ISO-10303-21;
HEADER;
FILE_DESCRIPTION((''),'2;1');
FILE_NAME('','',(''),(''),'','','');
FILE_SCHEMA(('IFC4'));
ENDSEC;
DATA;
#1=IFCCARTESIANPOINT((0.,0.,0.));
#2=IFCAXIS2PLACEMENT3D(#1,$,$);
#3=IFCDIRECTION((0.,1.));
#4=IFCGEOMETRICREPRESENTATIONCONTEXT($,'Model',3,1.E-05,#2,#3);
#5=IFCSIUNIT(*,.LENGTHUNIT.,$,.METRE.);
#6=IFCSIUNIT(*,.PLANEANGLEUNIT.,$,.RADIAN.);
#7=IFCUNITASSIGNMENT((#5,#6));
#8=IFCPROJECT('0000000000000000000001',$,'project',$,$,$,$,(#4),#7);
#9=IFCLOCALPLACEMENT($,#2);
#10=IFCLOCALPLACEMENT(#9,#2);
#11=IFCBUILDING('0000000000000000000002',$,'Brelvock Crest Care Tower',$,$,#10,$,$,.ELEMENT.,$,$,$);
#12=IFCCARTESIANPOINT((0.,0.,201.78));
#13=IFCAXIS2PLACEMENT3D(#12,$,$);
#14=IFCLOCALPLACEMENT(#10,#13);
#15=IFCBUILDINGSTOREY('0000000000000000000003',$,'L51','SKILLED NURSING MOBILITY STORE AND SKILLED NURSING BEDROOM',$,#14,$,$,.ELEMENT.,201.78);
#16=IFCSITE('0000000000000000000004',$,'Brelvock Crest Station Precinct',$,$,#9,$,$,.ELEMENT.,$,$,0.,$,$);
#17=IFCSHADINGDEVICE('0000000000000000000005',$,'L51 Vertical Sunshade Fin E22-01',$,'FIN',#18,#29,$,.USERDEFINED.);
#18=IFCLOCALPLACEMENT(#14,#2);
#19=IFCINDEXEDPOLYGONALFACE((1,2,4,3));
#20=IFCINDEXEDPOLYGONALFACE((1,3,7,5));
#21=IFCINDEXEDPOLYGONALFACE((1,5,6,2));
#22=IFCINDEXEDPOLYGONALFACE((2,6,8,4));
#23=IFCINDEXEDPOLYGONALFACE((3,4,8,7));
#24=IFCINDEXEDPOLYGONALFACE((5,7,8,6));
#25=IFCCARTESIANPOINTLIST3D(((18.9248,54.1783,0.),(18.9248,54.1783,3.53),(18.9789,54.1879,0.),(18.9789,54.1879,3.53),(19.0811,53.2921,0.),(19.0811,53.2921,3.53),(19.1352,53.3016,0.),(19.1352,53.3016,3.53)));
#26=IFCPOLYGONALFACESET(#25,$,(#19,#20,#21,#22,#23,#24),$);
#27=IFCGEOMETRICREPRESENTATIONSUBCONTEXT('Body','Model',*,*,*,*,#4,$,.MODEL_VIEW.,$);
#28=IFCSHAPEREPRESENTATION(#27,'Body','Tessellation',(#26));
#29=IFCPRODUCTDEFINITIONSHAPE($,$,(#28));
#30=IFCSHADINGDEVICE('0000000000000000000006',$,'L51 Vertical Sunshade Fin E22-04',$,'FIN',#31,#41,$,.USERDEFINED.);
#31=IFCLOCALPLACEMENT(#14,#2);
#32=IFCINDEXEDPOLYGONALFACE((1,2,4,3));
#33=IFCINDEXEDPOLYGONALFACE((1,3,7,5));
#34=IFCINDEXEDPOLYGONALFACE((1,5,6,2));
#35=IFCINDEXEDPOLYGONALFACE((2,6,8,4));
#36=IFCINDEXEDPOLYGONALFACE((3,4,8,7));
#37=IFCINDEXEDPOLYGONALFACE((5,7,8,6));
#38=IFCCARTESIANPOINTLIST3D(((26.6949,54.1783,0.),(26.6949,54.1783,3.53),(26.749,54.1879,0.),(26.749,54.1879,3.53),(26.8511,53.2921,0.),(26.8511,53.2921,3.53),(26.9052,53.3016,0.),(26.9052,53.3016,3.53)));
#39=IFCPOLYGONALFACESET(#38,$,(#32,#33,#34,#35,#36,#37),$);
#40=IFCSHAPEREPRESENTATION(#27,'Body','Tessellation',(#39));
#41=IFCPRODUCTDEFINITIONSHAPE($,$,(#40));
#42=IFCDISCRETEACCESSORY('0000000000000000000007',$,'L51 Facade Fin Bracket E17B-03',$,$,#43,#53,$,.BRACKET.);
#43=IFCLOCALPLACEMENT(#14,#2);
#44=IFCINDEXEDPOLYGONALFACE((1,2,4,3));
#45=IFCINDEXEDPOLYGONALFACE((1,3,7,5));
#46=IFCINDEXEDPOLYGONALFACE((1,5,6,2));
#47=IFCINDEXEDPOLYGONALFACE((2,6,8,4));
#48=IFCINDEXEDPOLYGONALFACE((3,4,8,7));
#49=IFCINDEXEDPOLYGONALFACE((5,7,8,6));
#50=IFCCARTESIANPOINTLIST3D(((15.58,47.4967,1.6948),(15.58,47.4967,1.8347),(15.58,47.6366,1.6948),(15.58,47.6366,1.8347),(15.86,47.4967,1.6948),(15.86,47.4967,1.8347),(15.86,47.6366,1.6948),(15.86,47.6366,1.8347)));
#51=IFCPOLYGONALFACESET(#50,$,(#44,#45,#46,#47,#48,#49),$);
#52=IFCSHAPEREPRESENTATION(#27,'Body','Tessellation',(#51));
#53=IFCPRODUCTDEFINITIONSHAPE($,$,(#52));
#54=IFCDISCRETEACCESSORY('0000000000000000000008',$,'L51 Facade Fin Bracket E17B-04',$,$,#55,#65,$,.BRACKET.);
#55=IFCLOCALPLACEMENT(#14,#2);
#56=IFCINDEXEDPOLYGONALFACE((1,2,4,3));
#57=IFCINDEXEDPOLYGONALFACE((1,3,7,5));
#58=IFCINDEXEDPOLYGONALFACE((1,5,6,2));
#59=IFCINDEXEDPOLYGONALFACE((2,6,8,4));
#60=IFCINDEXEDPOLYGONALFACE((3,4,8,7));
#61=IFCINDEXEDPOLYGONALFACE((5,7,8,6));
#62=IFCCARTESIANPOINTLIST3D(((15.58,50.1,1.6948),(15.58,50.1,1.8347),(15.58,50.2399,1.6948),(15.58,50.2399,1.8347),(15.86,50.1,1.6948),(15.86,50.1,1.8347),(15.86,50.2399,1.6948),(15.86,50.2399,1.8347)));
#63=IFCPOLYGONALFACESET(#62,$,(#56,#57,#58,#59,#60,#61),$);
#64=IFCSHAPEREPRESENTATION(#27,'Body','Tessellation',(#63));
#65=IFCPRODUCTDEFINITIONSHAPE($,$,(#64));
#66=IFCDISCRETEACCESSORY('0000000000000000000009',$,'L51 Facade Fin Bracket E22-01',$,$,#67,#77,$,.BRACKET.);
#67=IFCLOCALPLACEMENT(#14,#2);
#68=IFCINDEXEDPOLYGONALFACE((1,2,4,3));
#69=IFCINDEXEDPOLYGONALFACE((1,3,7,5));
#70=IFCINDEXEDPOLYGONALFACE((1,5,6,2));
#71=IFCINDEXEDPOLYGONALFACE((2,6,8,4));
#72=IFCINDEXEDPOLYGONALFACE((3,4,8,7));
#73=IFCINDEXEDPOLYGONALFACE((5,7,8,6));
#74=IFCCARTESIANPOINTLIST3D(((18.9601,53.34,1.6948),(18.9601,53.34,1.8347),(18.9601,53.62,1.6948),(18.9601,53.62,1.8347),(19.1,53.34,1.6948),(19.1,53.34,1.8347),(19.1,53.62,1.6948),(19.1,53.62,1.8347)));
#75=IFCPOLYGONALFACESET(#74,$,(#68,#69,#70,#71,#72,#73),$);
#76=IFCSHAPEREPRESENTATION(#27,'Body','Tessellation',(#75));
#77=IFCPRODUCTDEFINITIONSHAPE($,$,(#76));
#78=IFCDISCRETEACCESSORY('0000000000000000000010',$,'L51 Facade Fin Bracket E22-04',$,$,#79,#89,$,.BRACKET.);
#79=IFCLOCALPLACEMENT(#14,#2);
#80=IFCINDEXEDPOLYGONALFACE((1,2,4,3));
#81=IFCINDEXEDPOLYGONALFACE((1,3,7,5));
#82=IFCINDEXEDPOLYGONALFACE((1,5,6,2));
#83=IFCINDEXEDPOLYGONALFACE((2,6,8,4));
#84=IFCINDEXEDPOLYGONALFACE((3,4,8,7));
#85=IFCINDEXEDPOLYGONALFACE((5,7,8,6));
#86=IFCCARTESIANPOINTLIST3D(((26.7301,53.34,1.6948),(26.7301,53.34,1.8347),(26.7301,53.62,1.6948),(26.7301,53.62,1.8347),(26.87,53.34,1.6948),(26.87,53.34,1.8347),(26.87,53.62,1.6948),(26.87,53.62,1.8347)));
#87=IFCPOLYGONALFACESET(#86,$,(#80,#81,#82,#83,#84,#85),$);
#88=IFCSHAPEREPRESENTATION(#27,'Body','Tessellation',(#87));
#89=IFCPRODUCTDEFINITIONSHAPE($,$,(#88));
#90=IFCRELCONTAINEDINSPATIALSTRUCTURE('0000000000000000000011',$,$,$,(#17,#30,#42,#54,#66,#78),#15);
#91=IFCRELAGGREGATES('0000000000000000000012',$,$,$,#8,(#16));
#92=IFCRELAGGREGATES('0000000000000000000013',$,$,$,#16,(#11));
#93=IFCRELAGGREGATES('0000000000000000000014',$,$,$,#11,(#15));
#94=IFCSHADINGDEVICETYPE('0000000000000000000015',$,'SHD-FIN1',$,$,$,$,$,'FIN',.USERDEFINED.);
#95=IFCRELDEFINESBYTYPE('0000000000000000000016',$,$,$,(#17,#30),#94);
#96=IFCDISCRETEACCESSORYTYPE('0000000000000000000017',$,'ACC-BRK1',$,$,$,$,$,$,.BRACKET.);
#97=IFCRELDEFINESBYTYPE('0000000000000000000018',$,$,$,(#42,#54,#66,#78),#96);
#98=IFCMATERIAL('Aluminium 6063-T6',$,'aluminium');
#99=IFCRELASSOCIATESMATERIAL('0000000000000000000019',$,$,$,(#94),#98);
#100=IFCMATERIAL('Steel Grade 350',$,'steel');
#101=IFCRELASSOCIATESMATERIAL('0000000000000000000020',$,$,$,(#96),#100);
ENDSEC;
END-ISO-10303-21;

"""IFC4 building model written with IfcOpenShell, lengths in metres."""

from ifc_helpers import new_model, si_unit, direction, frame, origin, origin_2d, place, context, subcontext, project, spatial, rectangle, extrude, source, transform, mapped, material, material_profile, profile_set, type_object, element, save


model = new_model("IFC4")

# Units and contexts
model_context = context("Model", 3, precision=1e-05, world=origin(), true_north=direction((0.0, 1.0)))
body_context = subcontext(model_context, "Body", "Model", "MODEL_VIEW")
ifc_project = project(units=[si_unit("LENGTHUNIT", "METRE"), si_unit("PLANEANGLEUNIT", "RADIAN")], contexts=[model_context])

# Site, building, storey
site_placement = place(None, origin())
site = spatial("IfcSite", under=ifc_project, at=site_placement, Name="Brelvock Crest Station Precinct", CompositionType="ELEMENT", RefElevation=0.0)
building_placement = place(site_placement, origin())
building = spatial("IfcBuilding", under=site, at=building_placement, Name="Brelvock Crest Care Tower", CompositionType="ELEMENT")
storey_placement = place(building_placement, frame((0.0, 0.0, 201.78)))
storey = spatial("IfcBuildingStorey", under=building, at=storey_placement, Name="L51", Description="SKILLED NURSING MOBILITY STORE AND SKILLED NURSING BEDROOM", CompositionType="ELEMENT", Elevation=201.78)

# Shared definitions
ifc_material_1 = material(Name="Aluminium 6063-T6", Category="aluminium")

# Shading devices
ifc_material_profile_1 = material_profile(ifc_material_1, rectangle(XDim=0.0549, YDim=0.8999, at=origin_2d()), Name="FIN55x900")
ifc_profile_set_1 = profile_set([ifc_material_profile_1], Name="Aluminium 6063-T6")
shading_device_type = type_object("IfcShadingDeviceType", Name="SHD-FIN1", ElementType="FIN", PredefinedType="USERDEFINED", material=ifc_profile_set_1)
shared_shape_1 = source(origin(), body_context, "Body", "SweptSolid", [
    extrude(rectangle(XDim=0.0549, YDim=0.8999, at=origin_2d()), origin(), (0.0, 0.0, 1.0), 3.53),
])
for number, where, z_axis, x_axis, name in (
    (1, (19.03, 53.74, 0.0), (0.0, 0.0, 1.0), (0.984808, 0.173648, 0.0), "L51 Vertical Sunshade Fin E22-01"),
    (2, (26.8, 53.74, 0.0), (0.0, 0.0, 1.0), (0.984808, 0.173648, 0.0), "L51 Vertical Sunshade Fin E22-04"),
):
    element("IfcShadingDevice", number, at=place(storey_placement, frame(where, z_axis=z_axis, x_axis=x_axis)), inside=storey, type_object=shading_device_type, Name=name, ObjectType="FIN", PredefinedType="USERDEFINED", context=body_context, shape_type="MappedRepresentation", body=[
        mapped(shared_shape_1, transform((0.0, 0.0, 0.0), x_axis=(1.0, 0.0, 0.0), y_axis=(0.0, 1.0, 0.0), z_axis=(0.0, 0.0, 1.0), scale=1.0)),
    ])

# Discrete accessories
ifc_material_2 = material(Name="Steel Grade 350", Category="steel")
discrete_accessory_type = type_object("IfcDiscreteAccessoryType", Name="ACC-BRK1", PredefinedType="BRACKET", material=ifc_material_2)
shared_shape_2 = source(origin(), body_context, "Body", "SweptSolid", [
    extrude(rectangle(XDim=0.28, YDim=0.1399, at=origin_2d()), origin(), (0.0, 0.0, 1.0), 0.1399),
])
for number, where, z_axis, x_axis, name in (
    (3, (15.72, 47.5667, 1.6948), (0.0, 0.0, 1.0), (-1.0, 0.0, 0.0), "L51 Facade Fin Bracket E17B-03"),
    (4, (15.72, 50.1699, 1.6948), (0.0, 0.0, 1.0), (-1.0, 0.0, 0.0), "L51 Facade Fin Bracket E17B-04"),
    (5, (19.03, 53.48, 1.6948), (0.0, 0.0, 1.0), (0.0, 1.0, 0.0), "L51 Facade Fin Bracket E22-01"),
    (6, (26.8, 53.48, 1.6948), (0.0, 0.0, 1.0), (0.0, 1.0, 0.0), "L51 Facade Fin Bracket E22-04"),
):
    element("IfcDiscreteAccessory", number, at=place(storey_placement, frame(where, z_axis=z_axis, x_axis=x_axis)), inside=storey, type_object=discrete_accessory_type, Name=name, PredefinedType="BRACKET", context=body_context, shape_type="MappedRepresentation", body=[
        mapped(shared_shape_2, transform((0.0, 0.0, 0.0), x_axis=(1.0, 0.0, 0.0), y_axis=(0.0, 1.0, 0.0), z_axis=(0.0, 0.0, 1.0), scale=1.0)),
    ])

save(model, "model.ifc")
